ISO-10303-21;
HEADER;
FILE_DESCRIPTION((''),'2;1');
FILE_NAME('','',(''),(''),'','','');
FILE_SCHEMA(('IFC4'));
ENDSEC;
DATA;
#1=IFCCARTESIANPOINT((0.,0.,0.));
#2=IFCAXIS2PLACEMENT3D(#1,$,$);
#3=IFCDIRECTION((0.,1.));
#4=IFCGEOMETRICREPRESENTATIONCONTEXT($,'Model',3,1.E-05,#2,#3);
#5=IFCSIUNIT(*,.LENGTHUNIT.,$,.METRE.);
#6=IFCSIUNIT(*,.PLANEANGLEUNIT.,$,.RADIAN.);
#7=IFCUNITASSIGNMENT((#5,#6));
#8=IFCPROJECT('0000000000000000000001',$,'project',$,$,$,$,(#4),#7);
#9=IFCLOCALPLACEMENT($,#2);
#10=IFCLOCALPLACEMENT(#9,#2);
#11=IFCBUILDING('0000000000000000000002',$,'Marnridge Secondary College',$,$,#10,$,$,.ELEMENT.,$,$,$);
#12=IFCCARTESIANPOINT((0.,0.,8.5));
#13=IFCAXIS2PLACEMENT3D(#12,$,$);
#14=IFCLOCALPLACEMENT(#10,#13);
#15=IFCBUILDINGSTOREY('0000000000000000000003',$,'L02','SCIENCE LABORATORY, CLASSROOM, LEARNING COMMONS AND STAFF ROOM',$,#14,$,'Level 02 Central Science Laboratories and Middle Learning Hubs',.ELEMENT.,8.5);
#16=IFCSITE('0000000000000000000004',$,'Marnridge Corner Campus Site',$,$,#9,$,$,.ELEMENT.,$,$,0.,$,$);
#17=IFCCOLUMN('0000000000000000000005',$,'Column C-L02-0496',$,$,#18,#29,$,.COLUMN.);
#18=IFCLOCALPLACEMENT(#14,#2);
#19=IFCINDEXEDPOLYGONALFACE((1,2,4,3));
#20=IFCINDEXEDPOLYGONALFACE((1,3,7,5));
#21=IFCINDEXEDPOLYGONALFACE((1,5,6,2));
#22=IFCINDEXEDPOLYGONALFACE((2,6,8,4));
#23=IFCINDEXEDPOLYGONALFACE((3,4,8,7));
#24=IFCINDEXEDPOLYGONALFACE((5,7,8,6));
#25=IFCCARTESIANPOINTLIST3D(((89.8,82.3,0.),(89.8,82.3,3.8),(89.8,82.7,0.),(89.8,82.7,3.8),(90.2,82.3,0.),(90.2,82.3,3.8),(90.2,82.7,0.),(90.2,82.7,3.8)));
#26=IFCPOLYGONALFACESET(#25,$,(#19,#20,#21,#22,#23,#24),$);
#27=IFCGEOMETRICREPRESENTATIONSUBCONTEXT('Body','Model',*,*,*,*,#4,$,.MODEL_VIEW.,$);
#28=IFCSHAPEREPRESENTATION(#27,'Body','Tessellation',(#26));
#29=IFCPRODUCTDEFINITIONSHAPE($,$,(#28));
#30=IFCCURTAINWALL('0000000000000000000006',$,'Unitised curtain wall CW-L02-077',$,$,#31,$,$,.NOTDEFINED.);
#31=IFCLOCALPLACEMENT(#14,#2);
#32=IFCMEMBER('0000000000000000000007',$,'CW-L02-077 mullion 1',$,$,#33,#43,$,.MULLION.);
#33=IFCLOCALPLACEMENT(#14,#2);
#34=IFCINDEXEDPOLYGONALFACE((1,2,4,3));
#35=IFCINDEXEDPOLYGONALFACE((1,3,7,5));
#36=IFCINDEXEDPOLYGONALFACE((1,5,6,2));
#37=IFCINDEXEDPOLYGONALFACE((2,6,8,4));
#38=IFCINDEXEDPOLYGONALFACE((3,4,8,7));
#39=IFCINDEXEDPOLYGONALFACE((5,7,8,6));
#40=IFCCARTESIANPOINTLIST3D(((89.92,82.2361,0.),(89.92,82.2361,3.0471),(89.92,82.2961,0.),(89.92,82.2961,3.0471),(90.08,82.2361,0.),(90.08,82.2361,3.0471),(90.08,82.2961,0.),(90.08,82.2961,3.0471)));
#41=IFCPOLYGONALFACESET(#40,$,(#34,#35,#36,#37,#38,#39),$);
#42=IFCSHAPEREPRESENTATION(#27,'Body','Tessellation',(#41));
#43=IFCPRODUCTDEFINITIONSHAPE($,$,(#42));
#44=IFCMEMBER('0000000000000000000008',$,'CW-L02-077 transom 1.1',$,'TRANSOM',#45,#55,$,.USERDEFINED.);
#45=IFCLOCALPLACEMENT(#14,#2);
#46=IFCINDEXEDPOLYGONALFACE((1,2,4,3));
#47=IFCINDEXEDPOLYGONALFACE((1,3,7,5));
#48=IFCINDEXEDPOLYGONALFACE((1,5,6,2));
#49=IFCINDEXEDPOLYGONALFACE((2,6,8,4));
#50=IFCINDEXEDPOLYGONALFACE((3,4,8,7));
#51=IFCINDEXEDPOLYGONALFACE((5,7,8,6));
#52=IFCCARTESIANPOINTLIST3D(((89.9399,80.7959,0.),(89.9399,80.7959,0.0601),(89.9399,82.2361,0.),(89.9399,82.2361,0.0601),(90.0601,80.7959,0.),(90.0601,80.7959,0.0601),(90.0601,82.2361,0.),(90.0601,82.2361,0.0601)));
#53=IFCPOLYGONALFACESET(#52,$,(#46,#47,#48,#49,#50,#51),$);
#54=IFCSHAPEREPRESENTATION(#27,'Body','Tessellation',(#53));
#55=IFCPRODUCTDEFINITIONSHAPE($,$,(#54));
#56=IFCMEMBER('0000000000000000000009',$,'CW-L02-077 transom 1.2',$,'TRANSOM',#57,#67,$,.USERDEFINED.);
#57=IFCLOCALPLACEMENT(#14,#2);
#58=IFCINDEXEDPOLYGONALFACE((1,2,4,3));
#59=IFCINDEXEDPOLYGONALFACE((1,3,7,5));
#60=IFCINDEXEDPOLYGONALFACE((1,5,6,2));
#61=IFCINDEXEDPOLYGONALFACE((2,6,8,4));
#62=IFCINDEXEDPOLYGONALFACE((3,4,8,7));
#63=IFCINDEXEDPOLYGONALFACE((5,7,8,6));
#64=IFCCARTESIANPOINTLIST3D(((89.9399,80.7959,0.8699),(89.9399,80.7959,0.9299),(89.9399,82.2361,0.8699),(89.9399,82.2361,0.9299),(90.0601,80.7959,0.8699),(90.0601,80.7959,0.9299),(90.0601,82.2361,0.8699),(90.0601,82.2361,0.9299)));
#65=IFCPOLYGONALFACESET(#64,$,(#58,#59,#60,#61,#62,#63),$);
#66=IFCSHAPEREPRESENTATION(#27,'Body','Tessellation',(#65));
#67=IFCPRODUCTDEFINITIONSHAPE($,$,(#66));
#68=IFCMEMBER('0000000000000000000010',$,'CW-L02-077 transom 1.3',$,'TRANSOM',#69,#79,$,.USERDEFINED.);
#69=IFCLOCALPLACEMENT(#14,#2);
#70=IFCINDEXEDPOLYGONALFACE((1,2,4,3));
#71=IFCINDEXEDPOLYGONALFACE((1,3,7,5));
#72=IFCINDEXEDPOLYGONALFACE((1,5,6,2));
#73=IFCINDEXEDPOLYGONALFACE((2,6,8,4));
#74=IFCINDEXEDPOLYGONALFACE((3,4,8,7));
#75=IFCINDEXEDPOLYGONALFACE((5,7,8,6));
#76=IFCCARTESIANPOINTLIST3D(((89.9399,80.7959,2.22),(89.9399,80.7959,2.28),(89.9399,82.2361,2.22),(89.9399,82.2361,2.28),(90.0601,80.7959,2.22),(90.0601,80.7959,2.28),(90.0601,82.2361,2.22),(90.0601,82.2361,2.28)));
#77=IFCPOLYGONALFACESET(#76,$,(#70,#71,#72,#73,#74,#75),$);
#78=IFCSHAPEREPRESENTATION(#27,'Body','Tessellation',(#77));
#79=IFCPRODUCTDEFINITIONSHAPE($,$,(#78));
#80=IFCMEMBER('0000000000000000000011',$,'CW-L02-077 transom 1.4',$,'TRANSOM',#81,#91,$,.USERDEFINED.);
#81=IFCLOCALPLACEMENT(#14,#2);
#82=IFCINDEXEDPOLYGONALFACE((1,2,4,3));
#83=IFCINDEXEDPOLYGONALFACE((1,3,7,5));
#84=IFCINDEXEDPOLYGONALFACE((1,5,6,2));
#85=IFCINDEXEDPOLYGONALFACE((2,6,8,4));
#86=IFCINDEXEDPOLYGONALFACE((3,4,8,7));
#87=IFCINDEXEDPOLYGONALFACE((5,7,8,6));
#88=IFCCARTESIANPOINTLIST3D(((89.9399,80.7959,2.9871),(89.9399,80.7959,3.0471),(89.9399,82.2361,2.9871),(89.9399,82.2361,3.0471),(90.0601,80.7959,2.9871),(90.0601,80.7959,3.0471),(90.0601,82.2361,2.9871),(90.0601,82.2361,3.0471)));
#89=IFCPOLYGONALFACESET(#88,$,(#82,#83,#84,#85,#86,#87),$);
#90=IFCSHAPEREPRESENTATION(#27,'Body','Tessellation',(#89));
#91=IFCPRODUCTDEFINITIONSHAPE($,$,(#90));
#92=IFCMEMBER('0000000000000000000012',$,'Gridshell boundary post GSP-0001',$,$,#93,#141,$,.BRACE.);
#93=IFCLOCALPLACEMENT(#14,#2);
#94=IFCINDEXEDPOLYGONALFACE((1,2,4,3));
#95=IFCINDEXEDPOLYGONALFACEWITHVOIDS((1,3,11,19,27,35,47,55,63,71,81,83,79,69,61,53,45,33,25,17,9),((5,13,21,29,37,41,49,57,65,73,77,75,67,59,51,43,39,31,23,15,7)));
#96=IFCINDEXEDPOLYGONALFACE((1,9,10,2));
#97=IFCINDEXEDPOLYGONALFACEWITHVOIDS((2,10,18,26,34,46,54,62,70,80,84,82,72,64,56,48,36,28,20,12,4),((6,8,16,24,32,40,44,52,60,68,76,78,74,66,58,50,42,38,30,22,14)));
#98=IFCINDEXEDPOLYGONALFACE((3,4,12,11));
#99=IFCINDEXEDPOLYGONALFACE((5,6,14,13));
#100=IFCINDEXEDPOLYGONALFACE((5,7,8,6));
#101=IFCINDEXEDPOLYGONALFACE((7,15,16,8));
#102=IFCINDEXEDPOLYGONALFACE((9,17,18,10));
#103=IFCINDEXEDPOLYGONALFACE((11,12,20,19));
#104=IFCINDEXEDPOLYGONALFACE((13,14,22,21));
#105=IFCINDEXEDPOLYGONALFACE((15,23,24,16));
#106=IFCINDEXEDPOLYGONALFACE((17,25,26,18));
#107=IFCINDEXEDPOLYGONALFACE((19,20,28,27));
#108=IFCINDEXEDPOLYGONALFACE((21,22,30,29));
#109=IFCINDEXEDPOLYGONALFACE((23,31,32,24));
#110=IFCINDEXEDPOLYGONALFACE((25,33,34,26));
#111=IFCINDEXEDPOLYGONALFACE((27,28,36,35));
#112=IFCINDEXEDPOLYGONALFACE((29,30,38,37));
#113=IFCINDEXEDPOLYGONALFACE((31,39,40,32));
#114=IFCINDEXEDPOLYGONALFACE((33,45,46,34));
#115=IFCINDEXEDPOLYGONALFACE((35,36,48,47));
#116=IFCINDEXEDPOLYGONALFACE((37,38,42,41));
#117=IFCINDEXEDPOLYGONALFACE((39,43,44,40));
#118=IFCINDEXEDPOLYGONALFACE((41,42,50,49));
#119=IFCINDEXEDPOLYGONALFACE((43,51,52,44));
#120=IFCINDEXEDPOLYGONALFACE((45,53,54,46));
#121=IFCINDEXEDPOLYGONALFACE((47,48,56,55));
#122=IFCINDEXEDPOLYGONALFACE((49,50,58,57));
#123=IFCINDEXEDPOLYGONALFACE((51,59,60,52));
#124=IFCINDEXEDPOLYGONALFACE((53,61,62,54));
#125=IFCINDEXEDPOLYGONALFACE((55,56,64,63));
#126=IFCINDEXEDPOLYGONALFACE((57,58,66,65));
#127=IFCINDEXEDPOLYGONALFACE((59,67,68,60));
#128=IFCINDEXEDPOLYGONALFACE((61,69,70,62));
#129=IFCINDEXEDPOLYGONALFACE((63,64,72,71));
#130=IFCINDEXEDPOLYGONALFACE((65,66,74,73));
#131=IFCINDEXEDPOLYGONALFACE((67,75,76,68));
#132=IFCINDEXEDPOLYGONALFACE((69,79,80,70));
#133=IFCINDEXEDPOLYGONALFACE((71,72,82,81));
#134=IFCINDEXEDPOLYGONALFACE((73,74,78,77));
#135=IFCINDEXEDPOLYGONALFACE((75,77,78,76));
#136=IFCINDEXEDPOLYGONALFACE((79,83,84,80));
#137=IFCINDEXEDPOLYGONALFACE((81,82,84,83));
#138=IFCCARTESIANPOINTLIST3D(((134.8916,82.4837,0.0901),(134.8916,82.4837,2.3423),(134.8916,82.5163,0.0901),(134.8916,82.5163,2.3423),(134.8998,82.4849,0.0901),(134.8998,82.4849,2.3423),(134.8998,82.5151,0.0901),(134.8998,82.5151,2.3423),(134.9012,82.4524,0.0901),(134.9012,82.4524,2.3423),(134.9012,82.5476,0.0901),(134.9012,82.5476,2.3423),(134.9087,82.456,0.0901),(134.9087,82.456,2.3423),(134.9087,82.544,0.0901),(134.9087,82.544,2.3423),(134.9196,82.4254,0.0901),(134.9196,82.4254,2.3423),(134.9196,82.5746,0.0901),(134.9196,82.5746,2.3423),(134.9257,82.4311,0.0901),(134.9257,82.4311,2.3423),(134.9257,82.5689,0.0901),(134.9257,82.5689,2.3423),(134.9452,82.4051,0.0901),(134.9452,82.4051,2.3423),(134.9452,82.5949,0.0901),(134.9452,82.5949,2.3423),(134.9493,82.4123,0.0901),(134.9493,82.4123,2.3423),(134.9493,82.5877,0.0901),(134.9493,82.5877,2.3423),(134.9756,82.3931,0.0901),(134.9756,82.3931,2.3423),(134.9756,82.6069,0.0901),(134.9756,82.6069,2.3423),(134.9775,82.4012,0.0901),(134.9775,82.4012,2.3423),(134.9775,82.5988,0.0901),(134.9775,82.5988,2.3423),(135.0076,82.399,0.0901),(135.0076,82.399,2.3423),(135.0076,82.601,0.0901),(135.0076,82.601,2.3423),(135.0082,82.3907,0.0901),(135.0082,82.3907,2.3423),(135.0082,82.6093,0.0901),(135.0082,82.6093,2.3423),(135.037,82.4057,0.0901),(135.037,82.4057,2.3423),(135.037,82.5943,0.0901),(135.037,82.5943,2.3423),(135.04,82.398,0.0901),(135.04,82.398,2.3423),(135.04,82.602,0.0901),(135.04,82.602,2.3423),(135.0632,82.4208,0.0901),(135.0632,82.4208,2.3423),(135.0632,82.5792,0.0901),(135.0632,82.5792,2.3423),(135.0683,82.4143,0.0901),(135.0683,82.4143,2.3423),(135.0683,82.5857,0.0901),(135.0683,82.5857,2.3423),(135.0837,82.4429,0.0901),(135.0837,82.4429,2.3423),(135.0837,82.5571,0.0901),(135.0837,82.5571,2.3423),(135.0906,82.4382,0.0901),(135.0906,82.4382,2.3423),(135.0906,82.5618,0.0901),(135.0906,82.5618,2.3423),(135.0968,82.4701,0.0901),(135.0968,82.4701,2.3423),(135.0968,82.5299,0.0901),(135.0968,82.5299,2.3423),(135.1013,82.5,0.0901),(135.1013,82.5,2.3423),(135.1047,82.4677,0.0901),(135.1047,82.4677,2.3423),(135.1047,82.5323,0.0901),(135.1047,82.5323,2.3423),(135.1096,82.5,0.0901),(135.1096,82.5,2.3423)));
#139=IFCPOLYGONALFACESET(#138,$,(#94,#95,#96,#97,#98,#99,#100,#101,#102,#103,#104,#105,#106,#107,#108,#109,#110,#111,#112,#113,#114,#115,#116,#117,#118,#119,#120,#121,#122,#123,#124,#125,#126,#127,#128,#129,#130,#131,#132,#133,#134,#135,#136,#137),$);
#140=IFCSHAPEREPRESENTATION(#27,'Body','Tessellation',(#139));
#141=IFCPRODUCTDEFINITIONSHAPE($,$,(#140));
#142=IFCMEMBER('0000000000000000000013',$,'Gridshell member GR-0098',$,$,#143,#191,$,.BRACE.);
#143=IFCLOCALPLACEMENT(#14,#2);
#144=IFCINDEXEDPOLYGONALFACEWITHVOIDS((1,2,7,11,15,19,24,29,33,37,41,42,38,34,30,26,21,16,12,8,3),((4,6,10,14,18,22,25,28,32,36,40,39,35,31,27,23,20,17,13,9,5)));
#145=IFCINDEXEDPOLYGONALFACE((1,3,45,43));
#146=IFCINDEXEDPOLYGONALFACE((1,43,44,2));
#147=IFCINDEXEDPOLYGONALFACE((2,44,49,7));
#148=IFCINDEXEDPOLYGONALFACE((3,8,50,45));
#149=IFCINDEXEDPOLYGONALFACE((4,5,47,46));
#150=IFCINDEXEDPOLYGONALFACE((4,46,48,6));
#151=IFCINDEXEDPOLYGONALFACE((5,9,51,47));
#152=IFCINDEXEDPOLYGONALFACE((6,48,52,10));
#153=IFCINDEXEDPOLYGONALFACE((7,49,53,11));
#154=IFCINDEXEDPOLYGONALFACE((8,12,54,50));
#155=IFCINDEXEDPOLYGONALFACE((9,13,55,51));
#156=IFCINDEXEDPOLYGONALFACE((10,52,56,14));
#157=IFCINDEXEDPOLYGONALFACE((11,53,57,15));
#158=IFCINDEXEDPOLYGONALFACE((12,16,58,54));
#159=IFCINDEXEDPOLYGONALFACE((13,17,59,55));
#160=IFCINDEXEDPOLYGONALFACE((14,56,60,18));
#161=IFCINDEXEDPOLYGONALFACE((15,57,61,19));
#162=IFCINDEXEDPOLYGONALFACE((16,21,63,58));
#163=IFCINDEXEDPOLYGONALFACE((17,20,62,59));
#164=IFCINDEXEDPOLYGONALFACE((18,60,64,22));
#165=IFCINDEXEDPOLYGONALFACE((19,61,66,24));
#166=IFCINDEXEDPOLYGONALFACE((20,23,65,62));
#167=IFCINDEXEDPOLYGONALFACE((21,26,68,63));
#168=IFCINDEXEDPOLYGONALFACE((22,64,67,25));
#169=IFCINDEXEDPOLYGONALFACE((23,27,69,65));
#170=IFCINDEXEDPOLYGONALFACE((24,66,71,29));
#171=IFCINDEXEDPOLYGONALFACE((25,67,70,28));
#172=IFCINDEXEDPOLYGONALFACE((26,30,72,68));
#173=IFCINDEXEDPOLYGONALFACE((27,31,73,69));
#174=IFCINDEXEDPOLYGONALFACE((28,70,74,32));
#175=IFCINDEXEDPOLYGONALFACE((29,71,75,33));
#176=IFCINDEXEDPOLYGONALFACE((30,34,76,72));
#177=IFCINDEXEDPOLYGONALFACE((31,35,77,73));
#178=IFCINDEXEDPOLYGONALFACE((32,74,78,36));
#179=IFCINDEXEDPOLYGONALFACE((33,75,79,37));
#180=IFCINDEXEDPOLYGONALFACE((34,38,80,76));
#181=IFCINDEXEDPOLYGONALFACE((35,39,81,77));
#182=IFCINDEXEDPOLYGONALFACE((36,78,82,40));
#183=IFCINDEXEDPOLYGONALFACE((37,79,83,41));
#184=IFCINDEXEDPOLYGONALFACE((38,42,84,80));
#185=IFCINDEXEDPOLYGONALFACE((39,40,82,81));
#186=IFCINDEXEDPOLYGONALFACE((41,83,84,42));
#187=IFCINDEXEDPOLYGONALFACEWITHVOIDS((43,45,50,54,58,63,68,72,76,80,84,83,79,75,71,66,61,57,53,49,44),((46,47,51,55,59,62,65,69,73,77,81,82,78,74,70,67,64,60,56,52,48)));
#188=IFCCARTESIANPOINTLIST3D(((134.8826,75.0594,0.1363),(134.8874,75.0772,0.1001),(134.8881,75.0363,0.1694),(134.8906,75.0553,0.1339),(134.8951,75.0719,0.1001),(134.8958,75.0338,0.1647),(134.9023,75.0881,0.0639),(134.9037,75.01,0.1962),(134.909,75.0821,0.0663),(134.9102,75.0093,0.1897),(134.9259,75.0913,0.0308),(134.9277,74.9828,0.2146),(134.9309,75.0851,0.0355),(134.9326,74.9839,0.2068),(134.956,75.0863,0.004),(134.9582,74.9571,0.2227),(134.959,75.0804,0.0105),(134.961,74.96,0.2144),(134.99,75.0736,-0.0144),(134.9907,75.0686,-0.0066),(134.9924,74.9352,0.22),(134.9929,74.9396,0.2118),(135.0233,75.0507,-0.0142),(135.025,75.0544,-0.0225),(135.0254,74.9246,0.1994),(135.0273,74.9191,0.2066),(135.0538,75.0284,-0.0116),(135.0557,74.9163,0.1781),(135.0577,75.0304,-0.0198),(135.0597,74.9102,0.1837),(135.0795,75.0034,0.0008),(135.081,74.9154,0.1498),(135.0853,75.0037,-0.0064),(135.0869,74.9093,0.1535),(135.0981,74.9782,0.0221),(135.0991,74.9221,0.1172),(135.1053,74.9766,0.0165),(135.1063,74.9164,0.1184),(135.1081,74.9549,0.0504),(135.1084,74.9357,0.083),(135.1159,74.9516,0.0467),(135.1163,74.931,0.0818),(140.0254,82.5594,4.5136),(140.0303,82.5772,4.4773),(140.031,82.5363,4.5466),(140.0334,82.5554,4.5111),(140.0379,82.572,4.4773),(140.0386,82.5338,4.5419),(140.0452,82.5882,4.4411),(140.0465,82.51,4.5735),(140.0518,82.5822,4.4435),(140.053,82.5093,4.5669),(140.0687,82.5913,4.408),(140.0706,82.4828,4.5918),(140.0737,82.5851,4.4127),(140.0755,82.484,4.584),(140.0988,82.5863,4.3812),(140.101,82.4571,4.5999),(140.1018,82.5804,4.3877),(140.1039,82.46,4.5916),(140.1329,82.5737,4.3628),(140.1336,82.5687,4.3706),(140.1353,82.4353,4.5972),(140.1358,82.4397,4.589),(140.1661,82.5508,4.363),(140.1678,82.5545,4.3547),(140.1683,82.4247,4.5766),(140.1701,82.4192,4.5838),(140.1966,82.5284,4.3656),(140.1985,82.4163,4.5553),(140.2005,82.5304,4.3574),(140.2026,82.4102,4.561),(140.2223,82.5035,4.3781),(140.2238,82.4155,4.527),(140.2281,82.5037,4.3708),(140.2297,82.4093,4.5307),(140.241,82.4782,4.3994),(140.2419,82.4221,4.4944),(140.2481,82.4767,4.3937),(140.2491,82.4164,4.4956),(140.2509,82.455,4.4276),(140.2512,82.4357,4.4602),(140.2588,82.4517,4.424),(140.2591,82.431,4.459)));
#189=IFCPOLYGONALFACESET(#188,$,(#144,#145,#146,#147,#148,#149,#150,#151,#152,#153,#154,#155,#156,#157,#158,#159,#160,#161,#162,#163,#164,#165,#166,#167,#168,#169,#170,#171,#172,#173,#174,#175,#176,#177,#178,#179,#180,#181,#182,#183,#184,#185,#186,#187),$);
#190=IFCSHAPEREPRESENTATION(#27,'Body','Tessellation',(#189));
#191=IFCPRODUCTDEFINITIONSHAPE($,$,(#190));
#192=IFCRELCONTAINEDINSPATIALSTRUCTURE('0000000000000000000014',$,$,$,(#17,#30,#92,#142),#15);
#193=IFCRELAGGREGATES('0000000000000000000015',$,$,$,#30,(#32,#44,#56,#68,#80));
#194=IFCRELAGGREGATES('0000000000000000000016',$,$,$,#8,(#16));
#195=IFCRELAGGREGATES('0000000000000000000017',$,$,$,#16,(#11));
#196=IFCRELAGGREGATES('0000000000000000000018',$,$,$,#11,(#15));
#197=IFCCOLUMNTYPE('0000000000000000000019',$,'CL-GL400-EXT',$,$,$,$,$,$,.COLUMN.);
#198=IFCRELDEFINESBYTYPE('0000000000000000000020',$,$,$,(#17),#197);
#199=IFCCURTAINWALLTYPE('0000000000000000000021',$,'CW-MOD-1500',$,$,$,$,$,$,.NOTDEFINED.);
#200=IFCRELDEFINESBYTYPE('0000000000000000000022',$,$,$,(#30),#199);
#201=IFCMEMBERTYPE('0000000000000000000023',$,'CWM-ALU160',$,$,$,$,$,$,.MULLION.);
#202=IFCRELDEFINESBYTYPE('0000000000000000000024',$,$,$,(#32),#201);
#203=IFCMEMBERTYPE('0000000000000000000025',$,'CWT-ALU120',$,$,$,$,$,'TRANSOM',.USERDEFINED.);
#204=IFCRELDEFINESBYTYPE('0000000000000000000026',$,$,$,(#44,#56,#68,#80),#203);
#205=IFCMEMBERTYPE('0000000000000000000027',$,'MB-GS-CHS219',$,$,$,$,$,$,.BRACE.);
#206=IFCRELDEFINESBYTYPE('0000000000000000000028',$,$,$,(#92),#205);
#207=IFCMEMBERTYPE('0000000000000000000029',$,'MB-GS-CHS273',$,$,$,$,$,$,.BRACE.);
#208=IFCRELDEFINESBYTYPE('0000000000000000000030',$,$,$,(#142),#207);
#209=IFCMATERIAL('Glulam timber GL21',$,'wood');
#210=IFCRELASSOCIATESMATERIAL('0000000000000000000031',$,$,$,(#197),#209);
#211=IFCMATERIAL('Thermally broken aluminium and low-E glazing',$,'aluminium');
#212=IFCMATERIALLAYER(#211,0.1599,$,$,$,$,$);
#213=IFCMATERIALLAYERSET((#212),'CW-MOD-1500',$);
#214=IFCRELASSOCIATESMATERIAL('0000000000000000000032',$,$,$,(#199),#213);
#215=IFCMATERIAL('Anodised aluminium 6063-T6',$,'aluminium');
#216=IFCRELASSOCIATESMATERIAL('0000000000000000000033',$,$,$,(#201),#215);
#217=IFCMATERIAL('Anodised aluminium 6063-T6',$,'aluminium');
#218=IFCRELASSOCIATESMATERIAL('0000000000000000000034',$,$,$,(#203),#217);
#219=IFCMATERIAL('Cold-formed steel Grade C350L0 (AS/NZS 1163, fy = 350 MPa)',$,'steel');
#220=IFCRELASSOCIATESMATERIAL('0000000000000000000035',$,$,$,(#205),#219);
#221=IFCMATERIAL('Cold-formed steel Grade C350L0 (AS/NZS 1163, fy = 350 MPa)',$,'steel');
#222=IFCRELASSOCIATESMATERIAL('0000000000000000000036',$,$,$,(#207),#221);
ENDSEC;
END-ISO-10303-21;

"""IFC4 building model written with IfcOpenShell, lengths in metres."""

from ifc_helpers import new_model, si_unit, direction, frame, origin, origin_2d, place, context, subcontext, project, spatial, rectangle, hollow_circle, extrude, material, layer, layer_set, material_profile, profile_set, type_object, element, aggregate, save


model = new_model("IFC4")

# Units and contexts
model_context = context("Model", 3, precision=1e-05, world=origin(), true_north=direction((0.0, 1.0)))
body_context = subcontext(model_context, "Body", "Model", "MODEL_VIEW")
ifc_project = project(units=[si_unit("LENGTHUNIT", "METRE"), si_unit("PLANEANGLEUNIT", "RADIAN")], contexts=[model_context])

# Site, building, storey
site_placement = place(None, origin())
site = spatial("IfcSite", under=ifc_project, at=site_placement, Name="Marnridge Corner Campus Site", CompositionType="ELEMENT", RefElevation=0.0)
building_placement = place(site_placement, origin())
building = spatial("IfcBuilding", under=site, at=building_placement, Name="Marnridge Secondary College", CompositionType="ELEMENT")
storey_placement = place(building_placement, frame((0.0, 0.0, 8.5)))
storey = spatial("IfcBuildingStorey", under=building, at=storey_placement, Name="L02", Description="SCIENCE LABORATORY, CLASSROOM, LEARNING COMMONS AND STAFF ROOM", LongName="Level 02 Central Science Laboratories and Middle Learning Hubs", CompositionType="ELEMENT", Elevation=8.5)

# Column
ifc_material_1 = material(Name="Glulam timber GL21", Category="wood")
ifc_material_profile_1 = material_profile(ifc_material_1, rectangle(XDim=0.3999, YDim=0.3999, at=origin_2d()), Name="GL21 400x400")
ifc_profile_set_1 = profile_set([ifc_material_profile_1], Name="Glulam timber GL21")
column_type = type_object("IfcColumnType", Name="CL-GL400-EXT", PredefinedType="COLUMN", material=ifc_profile_set_1)
column_placement = place(storey_placement, frame((90.0, 82.5, 0.0), z_axis=(0.0, 0.0, 1.0), x_axis=(1.0, 0.0, 0.0)))
element("IfcColumn", 1, at=column_placement, inside=storey, type_object=column_type, Name="Column C-L02-0496", PredefinedType="COLUMN", context=body_context, shape_type="SweptSolid", body=[
    extrude(rectangle(XDim=0.3999, YDim=0.3999, at=origin_2d()), origin(), (0.0, 0.0, 1.0), 3.8),
])

# Curtain wall, members
ifc_material_2 = material(Name="Thermally broken aluminium and low-E glazing", Category="aluminium")
ifc_layer_1 = layer(ifc_material_2, 0.1599)
ifc_layer_set_1 = layer_set([ifc_layer_1], Name="CW-MOD-1500")
curtain_wall_type = type_object("IfcCurtainWallType", Name="CW-MOD-1500", PredefinedType="NOTDEFINED", material=ifc_layer_set_1)
curtain_wall_placement = place(storey_placement, origin())
curtain_wall = element("IfcCurtainWall", 2, at=curtain_wall_placement, inside=storey, type_object=curtain_wall_type, Name="Unitised curtain wall CW-L02-077", PredefinedType="NOTDEFINED")
ifc_material_3 = material(Name="Anodised aluminium 6063-T6", Category="aluminium")
ifc_material_profile_2 = material_profile(ifc_material_3, rectangle(XDim=0.0601, YDim=0.1599, at=origin_2d()), Name="ALU 60x160")
ifc_profile_set_2 = profile_set([ifc_material_profile_2], Name="Anodised aluminium 6063-T6")
member_type_1 = type_object("IfcMemberType", Name="CWM-ALU160", PredefinedType="MULLION", material=ifc_profile_set_2)
member_1_placement = place(storey_placement, frame((90.0, 82.2661, 0.0), z_axis=(0.0, 0.0, 1.0), x_axis=(0.0, -1.0, 0.0)))
member_1 = element("IfcMember", 3, at=member_1_placement, type_object=member_type_1, Name="CW-L02-077 mullion 1", PredefinedType="MULLION", context=body_context, shape_type="SweptSolid", body=[
    extrude(rectangle(XDim=0.0601, YDim=0.1599, at=origin_2d()), origin(), (0.0, 0.0, 1.0), 3.0471),
])
ifc_material_4 = material(Name="Anodised aluminium 6063-T6", Category="aluminium")
ifc_material_profile_3 = material_profile(ifc_material_4, rectangle(XDim=0.0601, YDim=0.1201, at=origin_2d()), Name="ALU 60x120")
ifc_profile_set_3 = profile_set([ifc_material_profile_3], Name="Anodised aluminium 6063-T6")
member_type_2 = type_object("IfcMemberType", Name="CWT-ALU120", ElementType="TRANSOM", PredefinedType="USERDEFINED", material=ifc_profile_set_3)
member_2_placement = place(storey_placement, frame((90.0, 82.2361, 0.03), z_axis=(0.0, -1.0, 0.0), x_axis=(0.0, 0.0, 1.0)))
member_2 = element("IfcMember", 4, at=member_2_placement, type_object=member_type_2, Name="CW-L02-077 transom 1.1", ObjectType="TRANSOM", PredefinedType="USERDEFINED", context=body_context, shape_type="SweptSolid", body=[
    extrude(rectangle(XDim=0.0601, YDim=0.1201, at=origin_2d()), origin(), (0.0, 0.0, 1.0), 1.4402),
])
member_3_placement = place(storey_placement, frame((90.0, 82.2361, 0.8999), z_axis=(0.0, -1.0, 0.0), x_axis=(0.0, 0.0, 1.0)))
member_3 = element("IfcMember", 5, at=member_3_placement, type_object=member_type_2, Name="CW-L02-077 transom 1.2", ObjectType="TRANSOM", PredefinedType="USERDEFINED", context=body_context, shape_type="SweptSolid", body=[
    extrude(rectangle(XDim=0.0601, YDim=0.1201, at=origin_2d()), origin(), (0.0, 0.0, 1.0), 1.4402),
])
member_4_placement = place(storey_placement, frame((90.0, 82.2361, 2.25), z_axis=(0.0, -1.0, 0.0), x_axis=(0.0, 0.0, 1.0)))
member_4 = element("IfcMember", 6, at=member_4_placement, type_object=member_type_2, Name="CW-L02-077 transom 1.3", ObjectType="TRANSOM", PredefinedType="USERDEFINED", context=body_context, shape_type="SweptSolid", body=[
    extrude(rectangle(XDim=0.0601, YDim=0.1201, at=origin_2d()), origin(), (0.0, 0.0, 1.0), 1.4402),
])
member_5_placement = place(storey_placement, frame((90.0, 82.2361, 3.0171), z_axis=(0.0, -1.0, 0.0), x_axis=(0.0, 0.0, 1.0)))
member_5 = element("IfcMember", 7, at=member_5_placement, type_object=member_type_2, Name="CW-L02-077 transom 1.4", ObjectType="TRANSOM", PredefinedType="USERDEFINED", context=body_context, shape_type="SweptSolid", body=[
    extrude(rectangle(XDim=0.0601, YDim=0.1201, at=origin_2d()), origin(), (0.0, 0.0, 1.0), 1.4402),
])

# Members
ifc_material_5 = material(Name="Cold-formed steel Grade C350L0 (AS/NZS 1163, fy = 350 MPa)", Category="steel")
ifc_material_profile_4 = material_profile(ifc_material_5, hollow_circle(Radius=0.1096, WallThickness=0.0083, at=origin_2d()), Name="219.1x8.2CHS")
ifc_profile_set_4 = profile_set([ifc_material_profile_4], Name="Cold-formed steel Grade C350L0 (AS/NZS 1163, fy = 350 MPa)")
member_type_3 = type_object("IfcMemberType", Name="MB-GS-CHS219", PredefinedType="BRACE", material=ifc_profile_set_4)
member_6_placement = place(storey_placement, frame((135.0, 82.5, 0.0901), z_axis=(0.0, 0.0, 1.0), x_axis=(1.0, 0.0, 0.0)))
element("IfcMember", 8, at=member_6_placement, inside=storey, type_object=member_type_3, Name="Gridshell boundary post GSP-0001", PredefinedType="BRACE", context=body_context, shape_type="SweptSolid", body=[
    extrude(hollow_circle(Radius=0.1096, WallThickness=0.0083, at=origin_2d()), origin(), (0.0, 0.0, 1.0), 2.2522),
])
ifc_material_6 = material(Name="Cold-formed steel Grade C350L0 (AS/NZS 1163, fy = 350 MPa)", Category="steel")
ifc_material_profile_5 = material_profile(ifc_material_6, hollow_circle(Radius=0.1365, WallThickness=0.0093, at=origin_2d()), Name="273.1x9.3CHS")
ifc_profile_set_5 = profile_set([ifc_material_profile_5], Name="Cold-formed steel Grade C350L0 (AS/NZS 1163, fy = 350 MPa)")
member_type_4 = type_object("IfcMemberType", Name="MB-GS-CHS273", PredefinedType="BRACE", material=ifc_profile_set_5)
member_7_placement = place(storey_placement, frame((135.0, 75.0, 0.1001), z_axis=(0.509569, 0.743126, 0.433708), x_axis=(-0.824731, 0.565526, 0.0)))
element("IfcMember", 9, at=member_7_placement, inside=storey, type_object=member_type_4, Name="Gridshell member GR-0098", PredefinedType="BRACE", context=body_context, shape_type="SweptSolid", body=[
    extrude(hollow_circle(Radius=0.1365, WallThickness=0.0093, at=origin_2d()), origin(), (0.0, 0.0, 1.0), 10.0925),
])

aggregate(curtain_wall, [member_1, member_2, member_3, member_4, member_5])

save(model, "model.ifc")
